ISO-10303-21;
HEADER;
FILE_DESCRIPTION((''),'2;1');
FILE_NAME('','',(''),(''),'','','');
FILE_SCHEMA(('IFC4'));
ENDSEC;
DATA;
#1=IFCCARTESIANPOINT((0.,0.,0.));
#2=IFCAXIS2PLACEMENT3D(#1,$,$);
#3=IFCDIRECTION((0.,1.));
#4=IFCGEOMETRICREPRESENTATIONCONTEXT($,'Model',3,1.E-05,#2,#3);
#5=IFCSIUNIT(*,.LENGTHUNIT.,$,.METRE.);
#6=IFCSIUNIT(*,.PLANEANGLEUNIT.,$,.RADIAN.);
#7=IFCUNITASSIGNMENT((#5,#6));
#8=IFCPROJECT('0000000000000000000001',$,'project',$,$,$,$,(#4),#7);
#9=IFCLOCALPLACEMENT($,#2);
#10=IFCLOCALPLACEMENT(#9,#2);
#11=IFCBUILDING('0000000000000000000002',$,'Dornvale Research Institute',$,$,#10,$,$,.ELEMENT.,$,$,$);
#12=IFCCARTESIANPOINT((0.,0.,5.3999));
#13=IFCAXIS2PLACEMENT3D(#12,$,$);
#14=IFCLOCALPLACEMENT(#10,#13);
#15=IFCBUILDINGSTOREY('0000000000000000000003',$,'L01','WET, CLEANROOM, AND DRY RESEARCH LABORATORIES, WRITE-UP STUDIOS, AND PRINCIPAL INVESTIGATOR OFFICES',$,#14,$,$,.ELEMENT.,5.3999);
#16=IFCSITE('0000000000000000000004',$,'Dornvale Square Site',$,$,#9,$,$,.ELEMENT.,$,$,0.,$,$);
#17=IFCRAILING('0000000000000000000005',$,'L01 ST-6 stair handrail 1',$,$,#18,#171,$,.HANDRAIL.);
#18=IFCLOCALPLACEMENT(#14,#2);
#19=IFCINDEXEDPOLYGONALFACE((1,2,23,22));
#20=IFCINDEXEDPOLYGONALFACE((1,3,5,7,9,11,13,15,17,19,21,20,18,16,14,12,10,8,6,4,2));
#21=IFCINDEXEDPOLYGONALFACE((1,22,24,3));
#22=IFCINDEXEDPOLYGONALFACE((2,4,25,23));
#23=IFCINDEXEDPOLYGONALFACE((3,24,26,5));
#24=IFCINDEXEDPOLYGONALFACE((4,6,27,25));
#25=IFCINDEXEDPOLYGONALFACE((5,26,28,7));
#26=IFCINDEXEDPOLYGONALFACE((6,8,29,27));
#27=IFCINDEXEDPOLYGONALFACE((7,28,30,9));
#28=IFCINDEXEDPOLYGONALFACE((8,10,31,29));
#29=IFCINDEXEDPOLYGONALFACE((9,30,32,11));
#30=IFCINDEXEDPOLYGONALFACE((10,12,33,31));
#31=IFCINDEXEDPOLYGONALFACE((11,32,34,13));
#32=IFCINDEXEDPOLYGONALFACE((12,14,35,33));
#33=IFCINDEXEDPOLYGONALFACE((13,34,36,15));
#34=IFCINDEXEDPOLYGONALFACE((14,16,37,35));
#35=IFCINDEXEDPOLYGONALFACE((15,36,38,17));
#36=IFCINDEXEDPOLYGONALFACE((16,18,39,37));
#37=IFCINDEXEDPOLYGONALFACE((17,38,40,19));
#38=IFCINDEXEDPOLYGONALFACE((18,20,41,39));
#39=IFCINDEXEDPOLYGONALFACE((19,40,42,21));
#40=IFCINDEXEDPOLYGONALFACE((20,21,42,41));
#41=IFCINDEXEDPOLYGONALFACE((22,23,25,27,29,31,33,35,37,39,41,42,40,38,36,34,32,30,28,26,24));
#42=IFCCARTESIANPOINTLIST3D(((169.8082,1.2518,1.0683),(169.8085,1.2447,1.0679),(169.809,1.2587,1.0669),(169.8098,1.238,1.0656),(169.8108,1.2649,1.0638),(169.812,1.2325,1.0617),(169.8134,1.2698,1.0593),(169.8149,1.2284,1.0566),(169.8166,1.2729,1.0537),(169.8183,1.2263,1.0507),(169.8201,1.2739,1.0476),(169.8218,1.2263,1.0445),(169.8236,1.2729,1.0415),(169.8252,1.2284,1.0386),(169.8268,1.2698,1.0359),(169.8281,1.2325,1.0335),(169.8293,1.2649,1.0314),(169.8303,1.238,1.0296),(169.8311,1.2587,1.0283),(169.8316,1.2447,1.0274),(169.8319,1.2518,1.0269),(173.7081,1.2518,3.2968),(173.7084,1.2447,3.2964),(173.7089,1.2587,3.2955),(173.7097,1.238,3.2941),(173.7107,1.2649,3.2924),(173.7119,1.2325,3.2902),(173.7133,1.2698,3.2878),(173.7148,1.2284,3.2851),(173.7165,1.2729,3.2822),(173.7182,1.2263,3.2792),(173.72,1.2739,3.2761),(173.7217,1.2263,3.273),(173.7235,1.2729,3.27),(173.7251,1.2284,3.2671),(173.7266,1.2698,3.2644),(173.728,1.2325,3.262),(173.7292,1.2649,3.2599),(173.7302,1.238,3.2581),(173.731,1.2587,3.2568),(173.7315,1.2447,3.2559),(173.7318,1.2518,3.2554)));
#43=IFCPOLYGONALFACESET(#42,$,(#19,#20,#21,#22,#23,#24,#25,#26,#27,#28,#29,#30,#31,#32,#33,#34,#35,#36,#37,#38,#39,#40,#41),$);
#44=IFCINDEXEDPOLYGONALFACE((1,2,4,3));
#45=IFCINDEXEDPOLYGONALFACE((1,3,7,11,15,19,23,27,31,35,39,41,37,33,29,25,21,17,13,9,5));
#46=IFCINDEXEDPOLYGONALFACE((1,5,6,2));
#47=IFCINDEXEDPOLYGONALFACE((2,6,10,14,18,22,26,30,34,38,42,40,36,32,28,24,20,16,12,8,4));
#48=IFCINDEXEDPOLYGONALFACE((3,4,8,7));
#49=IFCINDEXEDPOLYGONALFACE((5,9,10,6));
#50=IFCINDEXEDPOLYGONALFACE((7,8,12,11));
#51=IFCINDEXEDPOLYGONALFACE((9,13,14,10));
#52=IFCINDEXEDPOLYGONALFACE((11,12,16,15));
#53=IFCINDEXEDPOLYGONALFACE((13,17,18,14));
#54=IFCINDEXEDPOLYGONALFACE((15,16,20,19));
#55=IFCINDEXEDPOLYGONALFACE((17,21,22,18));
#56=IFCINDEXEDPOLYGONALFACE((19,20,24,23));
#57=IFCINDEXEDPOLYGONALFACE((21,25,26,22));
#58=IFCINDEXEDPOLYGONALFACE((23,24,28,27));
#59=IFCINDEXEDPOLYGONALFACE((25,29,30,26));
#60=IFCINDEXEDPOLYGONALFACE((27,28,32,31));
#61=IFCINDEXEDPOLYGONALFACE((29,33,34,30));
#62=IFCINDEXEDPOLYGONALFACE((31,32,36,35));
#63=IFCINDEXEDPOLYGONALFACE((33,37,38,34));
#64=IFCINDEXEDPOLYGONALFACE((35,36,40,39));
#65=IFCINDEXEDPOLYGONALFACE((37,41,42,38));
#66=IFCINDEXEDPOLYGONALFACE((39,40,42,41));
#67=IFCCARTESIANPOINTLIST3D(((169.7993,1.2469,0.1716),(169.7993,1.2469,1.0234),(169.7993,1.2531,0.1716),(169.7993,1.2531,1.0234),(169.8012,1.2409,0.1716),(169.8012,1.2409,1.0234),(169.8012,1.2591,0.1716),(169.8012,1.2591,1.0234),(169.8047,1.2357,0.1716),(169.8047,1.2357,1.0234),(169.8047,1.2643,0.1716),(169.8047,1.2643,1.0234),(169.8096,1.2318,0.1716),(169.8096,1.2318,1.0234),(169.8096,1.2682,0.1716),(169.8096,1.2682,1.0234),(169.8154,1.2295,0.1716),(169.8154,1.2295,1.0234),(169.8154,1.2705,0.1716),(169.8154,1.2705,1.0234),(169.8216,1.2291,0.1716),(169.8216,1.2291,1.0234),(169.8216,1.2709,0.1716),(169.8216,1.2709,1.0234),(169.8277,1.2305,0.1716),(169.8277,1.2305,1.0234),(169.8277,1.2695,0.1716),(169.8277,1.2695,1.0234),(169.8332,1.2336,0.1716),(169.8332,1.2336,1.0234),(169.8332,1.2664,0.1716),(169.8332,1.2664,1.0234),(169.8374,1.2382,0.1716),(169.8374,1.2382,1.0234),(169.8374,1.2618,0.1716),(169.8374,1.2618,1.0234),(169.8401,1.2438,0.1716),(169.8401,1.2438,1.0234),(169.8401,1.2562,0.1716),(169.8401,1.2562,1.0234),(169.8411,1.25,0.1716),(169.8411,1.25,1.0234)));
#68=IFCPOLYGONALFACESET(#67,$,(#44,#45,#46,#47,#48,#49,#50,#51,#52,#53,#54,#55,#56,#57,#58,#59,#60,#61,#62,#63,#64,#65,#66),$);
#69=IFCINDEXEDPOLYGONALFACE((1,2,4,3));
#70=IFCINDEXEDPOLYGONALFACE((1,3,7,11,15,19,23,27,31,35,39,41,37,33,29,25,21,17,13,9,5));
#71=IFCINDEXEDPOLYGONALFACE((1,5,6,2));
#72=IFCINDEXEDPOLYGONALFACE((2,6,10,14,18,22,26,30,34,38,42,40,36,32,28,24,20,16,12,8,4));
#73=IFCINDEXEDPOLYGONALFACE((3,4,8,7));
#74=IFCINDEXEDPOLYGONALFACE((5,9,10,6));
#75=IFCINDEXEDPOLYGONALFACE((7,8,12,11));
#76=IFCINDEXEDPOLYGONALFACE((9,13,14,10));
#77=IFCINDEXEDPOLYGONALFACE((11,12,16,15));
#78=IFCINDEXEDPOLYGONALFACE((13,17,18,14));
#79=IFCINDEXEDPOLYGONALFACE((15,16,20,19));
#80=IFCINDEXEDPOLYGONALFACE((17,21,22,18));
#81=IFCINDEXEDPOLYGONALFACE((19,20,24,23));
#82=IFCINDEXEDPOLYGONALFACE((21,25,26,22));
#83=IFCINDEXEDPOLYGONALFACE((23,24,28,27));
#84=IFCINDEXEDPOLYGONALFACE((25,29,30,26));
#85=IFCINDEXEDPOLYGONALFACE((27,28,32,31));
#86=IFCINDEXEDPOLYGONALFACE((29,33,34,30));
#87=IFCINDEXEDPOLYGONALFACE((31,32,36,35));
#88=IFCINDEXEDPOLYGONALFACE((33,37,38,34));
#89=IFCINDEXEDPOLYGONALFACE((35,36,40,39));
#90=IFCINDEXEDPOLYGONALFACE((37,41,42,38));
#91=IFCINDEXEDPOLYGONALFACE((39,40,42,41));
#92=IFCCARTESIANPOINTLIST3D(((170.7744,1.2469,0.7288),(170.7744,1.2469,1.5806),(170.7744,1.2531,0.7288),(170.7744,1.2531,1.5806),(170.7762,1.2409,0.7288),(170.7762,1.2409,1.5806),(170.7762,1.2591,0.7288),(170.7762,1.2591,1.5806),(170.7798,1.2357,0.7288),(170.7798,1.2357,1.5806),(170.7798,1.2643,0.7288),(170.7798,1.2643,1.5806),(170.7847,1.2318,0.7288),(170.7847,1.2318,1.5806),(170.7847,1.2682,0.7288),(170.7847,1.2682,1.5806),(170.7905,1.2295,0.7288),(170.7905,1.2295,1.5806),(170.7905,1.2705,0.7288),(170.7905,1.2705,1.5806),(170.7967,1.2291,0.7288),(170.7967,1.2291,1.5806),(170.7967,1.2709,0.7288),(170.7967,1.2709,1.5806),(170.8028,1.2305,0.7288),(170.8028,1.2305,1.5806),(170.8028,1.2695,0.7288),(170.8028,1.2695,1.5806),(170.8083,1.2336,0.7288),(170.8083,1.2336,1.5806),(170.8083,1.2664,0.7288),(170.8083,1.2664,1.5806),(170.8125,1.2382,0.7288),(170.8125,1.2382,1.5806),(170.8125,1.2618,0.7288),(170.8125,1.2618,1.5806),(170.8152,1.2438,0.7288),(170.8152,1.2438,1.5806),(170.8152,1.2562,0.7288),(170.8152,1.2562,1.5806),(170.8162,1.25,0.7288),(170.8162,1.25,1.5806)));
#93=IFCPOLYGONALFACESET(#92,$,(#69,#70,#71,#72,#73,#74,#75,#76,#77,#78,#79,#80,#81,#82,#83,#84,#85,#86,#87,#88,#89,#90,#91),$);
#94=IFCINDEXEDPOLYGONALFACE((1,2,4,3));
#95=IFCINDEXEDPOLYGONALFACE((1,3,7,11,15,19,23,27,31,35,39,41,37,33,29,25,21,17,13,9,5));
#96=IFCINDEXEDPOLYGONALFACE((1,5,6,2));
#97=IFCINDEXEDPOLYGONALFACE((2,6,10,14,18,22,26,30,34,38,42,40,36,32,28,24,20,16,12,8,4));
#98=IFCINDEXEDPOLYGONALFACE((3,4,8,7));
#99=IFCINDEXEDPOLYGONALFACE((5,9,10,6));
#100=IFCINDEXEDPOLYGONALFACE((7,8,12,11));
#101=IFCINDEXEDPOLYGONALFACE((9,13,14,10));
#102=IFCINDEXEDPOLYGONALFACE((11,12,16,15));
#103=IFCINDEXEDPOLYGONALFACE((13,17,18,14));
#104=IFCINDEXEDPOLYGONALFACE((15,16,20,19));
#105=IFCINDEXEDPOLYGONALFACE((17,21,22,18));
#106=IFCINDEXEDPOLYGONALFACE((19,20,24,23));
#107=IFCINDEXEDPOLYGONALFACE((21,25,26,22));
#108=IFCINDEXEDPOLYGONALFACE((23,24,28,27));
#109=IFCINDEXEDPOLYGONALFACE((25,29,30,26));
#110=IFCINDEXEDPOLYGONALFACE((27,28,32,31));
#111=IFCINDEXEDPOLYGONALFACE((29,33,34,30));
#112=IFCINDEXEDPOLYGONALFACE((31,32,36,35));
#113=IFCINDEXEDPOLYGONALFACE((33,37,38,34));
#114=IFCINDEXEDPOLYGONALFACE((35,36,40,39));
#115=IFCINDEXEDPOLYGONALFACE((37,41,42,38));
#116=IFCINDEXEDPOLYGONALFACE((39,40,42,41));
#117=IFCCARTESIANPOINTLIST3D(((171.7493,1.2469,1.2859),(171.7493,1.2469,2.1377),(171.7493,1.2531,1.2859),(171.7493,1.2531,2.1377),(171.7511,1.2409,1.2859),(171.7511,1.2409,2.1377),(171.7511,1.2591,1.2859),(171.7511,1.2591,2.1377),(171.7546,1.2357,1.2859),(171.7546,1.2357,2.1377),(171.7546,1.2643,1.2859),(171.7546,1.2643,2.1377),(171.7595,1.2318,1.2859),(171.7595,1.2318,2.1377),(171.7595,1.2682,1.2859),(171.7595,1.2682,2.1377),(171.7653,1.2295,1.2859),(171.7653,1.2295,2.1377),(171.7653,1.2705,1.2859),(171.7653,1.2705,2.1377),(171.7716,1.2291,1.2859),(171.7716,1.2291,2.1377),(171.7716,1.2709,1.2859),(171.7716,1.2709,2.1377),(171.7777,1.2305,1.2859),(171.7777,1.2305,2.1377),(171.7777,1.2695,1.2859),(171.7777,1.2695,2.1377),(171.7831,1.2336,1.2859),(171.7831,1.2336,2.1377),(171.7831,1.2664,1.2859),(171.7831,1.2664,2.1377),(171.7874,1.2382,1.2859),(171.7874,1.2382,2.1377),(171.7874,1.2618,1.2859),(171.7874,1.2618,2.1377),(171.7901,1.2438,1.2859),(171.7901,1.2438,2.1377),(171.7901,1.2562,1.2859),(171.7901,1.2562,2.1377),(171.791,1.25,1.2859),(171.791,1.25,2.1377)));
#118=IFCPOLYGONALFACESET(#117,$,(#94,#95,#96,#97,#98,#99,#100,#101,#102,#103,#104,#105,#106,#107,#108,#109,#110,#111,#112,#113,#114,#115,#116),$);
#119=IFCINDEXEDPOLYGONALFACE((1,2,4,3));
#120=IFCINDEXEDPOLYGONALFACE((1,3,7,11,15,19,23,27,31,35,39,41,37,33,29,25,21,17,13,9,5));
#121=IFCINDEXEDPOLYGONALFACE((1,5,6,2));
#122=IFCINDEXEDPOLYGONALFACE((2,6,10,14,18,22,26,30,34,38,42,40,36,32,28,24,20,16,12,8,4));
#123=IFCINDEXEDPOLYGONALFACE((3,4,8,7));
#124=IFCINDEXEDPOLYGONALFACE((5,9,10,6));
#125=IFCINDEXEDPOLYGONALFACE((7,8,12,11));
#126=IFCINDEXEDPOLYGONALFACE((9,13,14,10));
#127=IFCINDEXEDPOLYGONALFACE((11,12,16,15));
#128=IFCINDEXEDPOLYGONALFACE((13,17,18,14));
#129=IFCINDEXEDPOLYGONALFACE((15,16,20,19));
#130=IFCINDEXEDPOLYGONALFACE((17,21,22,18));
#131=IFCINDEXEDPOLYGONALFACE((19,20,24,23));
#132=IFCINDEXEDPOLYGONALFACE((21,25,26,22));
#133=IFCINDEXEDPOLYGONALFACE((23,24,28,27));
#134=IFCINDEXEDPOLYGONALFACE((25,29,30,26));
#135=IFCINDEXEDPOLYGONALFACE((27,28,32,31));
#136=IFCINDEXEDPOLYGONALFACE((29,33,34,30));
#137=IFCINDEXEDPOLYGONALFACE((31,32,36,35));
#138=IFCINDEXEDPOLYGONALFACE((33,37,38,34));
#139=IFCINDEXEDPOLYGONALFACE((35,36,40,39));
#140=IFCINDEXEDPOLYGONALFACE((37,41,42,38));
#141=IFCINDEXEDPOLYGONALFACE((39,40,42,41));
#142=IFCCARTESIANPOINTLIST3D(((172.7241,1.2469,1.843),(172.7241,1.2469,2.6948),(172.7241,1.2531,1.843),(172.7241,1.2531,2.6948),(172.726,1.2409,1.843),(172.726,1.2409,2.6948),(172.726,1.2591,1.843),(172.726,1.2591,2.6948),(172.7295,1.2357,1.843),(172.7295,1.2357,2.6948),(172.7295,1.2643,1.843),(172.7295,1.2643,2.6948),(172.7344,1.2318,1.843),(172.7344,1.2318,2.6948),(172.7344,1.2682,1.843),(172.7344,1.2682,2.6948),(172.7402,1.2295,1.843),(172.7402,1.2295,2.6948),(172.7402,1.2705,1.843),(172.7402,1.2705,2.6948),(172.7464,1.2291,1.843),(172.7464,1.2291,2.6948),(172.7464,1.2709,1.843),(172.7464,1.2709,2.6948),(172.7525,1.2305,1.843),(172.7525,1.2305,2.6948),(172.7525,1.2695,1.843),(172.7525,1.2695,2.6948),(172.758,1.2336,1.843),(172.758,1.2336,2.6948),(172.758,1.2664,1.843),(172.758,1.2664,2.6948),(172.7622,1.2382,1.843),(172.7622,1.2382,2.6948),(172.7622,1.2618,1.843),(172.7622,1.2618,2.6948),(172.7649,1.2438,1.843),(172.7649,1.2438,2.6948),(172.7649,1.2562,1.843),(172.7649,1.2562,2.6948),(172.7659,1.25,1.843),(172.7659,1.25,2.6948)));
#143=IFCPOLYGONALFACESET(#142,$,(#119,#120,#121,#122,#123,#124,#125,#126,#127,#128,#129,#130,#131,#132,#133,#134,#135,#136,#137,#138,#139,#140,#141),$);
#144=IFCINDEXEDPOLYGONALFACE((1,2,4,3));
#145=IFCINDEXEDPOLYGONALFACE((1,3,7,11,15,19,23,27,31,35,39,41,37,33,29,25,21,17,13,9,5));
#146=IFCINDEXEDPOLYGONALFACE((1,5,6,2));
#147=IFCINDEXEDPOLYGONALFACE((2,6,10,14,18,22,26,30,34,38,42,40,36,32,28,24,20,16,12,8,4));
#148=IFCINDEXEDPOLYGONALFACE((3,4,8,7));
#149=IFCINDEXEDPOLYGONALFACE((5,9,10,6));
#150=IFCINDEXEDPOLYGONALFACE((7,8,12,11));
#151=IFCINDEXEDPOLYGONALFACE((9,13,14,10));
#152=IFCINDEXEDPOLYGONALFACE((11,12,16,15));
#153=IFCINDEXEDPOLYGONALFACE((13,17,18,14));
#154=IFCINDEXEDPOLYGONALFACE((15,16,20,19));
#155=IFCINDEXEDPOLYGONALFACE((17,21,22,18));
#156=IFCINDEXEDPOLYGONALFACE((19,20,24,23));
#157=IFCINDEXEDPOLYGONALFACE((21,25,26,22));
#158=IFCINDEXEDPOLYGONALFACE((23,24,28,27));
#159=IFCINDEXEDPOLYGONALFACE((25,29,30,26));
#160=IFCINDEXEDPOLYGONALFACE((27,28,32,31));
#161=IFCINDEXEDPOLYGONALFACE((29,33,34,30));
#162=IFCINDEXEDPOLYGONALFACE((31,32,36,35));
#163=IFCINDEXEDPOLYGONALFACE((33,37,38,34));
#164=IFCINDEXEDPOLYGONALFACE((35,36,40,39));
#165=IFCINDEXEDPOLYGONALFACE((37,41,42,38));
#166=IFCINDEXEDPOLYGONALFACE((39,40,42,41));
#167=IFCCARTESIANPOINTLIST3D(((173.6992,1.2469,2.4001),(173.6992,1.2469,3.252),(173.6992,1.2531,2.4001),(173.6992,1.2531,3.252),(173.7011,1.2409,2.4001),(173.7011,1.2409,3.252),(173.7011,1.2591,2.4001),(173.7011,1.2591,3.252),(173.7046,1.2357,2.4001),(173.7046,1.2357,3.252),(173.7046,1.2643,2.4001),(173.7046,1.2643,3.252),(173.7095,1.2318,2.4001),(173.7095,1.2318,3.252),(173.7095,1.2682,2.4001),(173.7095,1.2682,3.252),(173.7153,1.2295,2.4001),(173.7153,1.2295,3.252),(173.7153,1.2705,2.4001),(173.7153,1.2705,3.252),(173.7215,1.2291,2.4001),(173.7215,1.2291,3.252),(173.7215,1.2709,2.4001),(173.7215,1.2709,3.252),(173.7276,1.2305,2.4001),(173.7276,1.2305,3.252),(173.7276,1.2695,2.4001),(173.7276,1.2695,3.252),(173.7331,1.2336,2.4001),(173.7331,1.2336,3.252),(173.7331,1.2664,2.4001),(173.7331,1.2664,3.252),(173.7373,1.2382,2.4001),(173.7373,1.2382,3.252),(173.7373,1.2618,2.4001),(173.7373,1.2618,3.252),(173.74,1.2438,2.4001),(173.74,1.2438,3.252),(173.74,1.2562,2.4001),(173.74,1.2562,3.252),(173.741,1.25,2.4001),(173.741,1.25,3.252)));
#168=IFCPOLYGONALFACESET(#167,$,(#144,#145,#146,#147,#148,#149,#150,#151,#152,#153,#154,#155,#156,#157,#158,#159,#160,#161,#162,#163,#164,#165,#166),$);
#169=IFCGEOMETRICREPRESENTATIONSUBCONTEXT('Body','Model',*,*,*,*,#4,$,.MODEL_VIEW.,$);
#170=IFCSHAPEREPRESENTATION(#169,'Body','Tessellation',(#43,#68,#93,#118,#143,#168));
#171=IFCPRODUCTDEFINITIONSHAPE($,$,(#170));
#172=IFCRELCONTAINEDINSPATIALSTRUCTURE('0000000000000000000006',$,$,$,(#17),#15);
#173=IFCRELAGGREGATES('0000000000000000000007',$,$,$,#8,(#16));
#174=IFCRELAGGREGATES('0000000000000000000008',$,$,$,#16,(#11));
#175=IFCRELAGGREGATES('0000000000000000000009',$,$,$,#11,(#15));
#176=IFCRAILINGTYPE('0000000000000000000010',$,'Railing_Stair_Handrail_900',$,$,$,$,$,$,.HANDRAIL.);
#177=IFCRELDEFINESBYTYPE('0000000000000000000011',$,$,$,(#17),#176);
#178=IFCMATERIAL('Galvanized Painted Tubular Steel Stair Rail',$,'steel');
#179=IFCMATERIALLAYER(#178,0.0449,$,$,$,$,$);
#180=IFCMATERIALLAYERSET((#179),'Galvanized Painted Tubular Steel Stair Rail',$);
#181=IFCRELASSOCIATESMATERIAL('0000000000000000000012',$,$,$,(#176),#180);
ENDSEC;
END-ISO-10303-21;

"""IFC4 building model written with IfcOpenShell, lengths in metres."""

from ifc_helpers import new_model, si_unit, direction, frame, origin, origin_2d, place, context, subcontext, project, spatial, circle, extrude, material, layer, layer_set, type_object, element, save


model = new_model("IFC4")

# Units and contexts
model_context = context("Model", 3, precision=1e-05, world=origin(), true_north=direction((0.0, 1.0)))
body_context = subcontext(model_context, "Body", "Model", "MODEL_VIEW")
ifc_project = project(units=[si_unit("LENGTHUNIT", "METRE"), si_unit("PLANEANGLEUNIT", "RADIAN")], contexts=[model_context])

# Site, building, storey
site_placement = place(None, origin())
site = spatial("IfcSite", under=ifc_project, at=site_placement, Name="Dornvale Square Site", CompositionType="ELEMENT", RefElevation=0.0)
building_placement = place(site_placement, origin())
building = spatial("IfcBuilding", under=site, at=building_placement, Name="Dornvale Research Institute", CompositionType="ELEMENT")
storey_placement = place(building_placement, frame((0.0, 0.0, 5.3999)))
storey = spatial("IfcBuildingStorey", under=building, at=storey_placement, Name="L01", Description="WET, CLEANROOM, AND DRY RESEARCH LABORATORIES, WRITE-UP STUDIOS, AND PRINCIPAL INVESTIGATOR OFFICES", CompositionType="ELEMENT", Elevation=5.3999)

# Railing
ifc_material_1 = material(Name="Galvanized Painted Tubular Steel Stair Rail", Category="steel")
ifc_layer_1 = layer(ifc_material_1, 0.0449)
ifc_layer_set_1 = layer_set([ifc_layer_1], Name="Galvanized Painted Tubular Steel Stair Rail")
railing_type_1 = type_object("IfcRailingType", Name="Railing_Stair_Handrail_900", PredefinedType="HANDRAIL", material=ifc_layer_set_1)
railing_1_placement = place(storey_placement, frame((169.8201, 1.25, 0.1716)))
element("IfcRailing", 1, at=railing_1_placement, inside=storey, type_object=railing_type_1, Name="L01 ST-6 stair handrail 1", PredefinedType="HANDRAIL", context=body_context, shape_type="SweptSolid", body=[
    extrude(circle(Radius=0.0239, at=origin_2d()), frame((0.0, 0.0, 0.876), z_axis=(0.868243, 0.0, 0.496139), x_axis=(0.0, 1.0, 0.0)), (0.0, 0.0, 1.0), 4.4917),
    extrude(circle(Radius=0.021, at=origin_2d()), origin(), (0.0, 0.0, 1.0), 0.8518),
    extrude(circle(Radius=0.021, at=origin_2d()), frame((0.9751, 0.0, 0.5571)), (0.0, 0.0, 1.0), 0.8518),
    extrude(circle(Radius=0.021, at=origin_2d()), frame((1.95, 0.0, 1.1143)), (0.0, 0.0, 1.0), 0.8518),
    extrude(circle(Radius=0.021, at=origin_2d()), frame((2.9248, 0.0, 1.6714)), (0.0, 0.0, 1.0), 0.8518),
    extrude(circle(Radius=0.021, at=origin_2d()), frame((3.8999, 0.0, 2.2285)), (0.0, 0.0, 1.0), 0.8518),
])

save(model, "model.ifc")
